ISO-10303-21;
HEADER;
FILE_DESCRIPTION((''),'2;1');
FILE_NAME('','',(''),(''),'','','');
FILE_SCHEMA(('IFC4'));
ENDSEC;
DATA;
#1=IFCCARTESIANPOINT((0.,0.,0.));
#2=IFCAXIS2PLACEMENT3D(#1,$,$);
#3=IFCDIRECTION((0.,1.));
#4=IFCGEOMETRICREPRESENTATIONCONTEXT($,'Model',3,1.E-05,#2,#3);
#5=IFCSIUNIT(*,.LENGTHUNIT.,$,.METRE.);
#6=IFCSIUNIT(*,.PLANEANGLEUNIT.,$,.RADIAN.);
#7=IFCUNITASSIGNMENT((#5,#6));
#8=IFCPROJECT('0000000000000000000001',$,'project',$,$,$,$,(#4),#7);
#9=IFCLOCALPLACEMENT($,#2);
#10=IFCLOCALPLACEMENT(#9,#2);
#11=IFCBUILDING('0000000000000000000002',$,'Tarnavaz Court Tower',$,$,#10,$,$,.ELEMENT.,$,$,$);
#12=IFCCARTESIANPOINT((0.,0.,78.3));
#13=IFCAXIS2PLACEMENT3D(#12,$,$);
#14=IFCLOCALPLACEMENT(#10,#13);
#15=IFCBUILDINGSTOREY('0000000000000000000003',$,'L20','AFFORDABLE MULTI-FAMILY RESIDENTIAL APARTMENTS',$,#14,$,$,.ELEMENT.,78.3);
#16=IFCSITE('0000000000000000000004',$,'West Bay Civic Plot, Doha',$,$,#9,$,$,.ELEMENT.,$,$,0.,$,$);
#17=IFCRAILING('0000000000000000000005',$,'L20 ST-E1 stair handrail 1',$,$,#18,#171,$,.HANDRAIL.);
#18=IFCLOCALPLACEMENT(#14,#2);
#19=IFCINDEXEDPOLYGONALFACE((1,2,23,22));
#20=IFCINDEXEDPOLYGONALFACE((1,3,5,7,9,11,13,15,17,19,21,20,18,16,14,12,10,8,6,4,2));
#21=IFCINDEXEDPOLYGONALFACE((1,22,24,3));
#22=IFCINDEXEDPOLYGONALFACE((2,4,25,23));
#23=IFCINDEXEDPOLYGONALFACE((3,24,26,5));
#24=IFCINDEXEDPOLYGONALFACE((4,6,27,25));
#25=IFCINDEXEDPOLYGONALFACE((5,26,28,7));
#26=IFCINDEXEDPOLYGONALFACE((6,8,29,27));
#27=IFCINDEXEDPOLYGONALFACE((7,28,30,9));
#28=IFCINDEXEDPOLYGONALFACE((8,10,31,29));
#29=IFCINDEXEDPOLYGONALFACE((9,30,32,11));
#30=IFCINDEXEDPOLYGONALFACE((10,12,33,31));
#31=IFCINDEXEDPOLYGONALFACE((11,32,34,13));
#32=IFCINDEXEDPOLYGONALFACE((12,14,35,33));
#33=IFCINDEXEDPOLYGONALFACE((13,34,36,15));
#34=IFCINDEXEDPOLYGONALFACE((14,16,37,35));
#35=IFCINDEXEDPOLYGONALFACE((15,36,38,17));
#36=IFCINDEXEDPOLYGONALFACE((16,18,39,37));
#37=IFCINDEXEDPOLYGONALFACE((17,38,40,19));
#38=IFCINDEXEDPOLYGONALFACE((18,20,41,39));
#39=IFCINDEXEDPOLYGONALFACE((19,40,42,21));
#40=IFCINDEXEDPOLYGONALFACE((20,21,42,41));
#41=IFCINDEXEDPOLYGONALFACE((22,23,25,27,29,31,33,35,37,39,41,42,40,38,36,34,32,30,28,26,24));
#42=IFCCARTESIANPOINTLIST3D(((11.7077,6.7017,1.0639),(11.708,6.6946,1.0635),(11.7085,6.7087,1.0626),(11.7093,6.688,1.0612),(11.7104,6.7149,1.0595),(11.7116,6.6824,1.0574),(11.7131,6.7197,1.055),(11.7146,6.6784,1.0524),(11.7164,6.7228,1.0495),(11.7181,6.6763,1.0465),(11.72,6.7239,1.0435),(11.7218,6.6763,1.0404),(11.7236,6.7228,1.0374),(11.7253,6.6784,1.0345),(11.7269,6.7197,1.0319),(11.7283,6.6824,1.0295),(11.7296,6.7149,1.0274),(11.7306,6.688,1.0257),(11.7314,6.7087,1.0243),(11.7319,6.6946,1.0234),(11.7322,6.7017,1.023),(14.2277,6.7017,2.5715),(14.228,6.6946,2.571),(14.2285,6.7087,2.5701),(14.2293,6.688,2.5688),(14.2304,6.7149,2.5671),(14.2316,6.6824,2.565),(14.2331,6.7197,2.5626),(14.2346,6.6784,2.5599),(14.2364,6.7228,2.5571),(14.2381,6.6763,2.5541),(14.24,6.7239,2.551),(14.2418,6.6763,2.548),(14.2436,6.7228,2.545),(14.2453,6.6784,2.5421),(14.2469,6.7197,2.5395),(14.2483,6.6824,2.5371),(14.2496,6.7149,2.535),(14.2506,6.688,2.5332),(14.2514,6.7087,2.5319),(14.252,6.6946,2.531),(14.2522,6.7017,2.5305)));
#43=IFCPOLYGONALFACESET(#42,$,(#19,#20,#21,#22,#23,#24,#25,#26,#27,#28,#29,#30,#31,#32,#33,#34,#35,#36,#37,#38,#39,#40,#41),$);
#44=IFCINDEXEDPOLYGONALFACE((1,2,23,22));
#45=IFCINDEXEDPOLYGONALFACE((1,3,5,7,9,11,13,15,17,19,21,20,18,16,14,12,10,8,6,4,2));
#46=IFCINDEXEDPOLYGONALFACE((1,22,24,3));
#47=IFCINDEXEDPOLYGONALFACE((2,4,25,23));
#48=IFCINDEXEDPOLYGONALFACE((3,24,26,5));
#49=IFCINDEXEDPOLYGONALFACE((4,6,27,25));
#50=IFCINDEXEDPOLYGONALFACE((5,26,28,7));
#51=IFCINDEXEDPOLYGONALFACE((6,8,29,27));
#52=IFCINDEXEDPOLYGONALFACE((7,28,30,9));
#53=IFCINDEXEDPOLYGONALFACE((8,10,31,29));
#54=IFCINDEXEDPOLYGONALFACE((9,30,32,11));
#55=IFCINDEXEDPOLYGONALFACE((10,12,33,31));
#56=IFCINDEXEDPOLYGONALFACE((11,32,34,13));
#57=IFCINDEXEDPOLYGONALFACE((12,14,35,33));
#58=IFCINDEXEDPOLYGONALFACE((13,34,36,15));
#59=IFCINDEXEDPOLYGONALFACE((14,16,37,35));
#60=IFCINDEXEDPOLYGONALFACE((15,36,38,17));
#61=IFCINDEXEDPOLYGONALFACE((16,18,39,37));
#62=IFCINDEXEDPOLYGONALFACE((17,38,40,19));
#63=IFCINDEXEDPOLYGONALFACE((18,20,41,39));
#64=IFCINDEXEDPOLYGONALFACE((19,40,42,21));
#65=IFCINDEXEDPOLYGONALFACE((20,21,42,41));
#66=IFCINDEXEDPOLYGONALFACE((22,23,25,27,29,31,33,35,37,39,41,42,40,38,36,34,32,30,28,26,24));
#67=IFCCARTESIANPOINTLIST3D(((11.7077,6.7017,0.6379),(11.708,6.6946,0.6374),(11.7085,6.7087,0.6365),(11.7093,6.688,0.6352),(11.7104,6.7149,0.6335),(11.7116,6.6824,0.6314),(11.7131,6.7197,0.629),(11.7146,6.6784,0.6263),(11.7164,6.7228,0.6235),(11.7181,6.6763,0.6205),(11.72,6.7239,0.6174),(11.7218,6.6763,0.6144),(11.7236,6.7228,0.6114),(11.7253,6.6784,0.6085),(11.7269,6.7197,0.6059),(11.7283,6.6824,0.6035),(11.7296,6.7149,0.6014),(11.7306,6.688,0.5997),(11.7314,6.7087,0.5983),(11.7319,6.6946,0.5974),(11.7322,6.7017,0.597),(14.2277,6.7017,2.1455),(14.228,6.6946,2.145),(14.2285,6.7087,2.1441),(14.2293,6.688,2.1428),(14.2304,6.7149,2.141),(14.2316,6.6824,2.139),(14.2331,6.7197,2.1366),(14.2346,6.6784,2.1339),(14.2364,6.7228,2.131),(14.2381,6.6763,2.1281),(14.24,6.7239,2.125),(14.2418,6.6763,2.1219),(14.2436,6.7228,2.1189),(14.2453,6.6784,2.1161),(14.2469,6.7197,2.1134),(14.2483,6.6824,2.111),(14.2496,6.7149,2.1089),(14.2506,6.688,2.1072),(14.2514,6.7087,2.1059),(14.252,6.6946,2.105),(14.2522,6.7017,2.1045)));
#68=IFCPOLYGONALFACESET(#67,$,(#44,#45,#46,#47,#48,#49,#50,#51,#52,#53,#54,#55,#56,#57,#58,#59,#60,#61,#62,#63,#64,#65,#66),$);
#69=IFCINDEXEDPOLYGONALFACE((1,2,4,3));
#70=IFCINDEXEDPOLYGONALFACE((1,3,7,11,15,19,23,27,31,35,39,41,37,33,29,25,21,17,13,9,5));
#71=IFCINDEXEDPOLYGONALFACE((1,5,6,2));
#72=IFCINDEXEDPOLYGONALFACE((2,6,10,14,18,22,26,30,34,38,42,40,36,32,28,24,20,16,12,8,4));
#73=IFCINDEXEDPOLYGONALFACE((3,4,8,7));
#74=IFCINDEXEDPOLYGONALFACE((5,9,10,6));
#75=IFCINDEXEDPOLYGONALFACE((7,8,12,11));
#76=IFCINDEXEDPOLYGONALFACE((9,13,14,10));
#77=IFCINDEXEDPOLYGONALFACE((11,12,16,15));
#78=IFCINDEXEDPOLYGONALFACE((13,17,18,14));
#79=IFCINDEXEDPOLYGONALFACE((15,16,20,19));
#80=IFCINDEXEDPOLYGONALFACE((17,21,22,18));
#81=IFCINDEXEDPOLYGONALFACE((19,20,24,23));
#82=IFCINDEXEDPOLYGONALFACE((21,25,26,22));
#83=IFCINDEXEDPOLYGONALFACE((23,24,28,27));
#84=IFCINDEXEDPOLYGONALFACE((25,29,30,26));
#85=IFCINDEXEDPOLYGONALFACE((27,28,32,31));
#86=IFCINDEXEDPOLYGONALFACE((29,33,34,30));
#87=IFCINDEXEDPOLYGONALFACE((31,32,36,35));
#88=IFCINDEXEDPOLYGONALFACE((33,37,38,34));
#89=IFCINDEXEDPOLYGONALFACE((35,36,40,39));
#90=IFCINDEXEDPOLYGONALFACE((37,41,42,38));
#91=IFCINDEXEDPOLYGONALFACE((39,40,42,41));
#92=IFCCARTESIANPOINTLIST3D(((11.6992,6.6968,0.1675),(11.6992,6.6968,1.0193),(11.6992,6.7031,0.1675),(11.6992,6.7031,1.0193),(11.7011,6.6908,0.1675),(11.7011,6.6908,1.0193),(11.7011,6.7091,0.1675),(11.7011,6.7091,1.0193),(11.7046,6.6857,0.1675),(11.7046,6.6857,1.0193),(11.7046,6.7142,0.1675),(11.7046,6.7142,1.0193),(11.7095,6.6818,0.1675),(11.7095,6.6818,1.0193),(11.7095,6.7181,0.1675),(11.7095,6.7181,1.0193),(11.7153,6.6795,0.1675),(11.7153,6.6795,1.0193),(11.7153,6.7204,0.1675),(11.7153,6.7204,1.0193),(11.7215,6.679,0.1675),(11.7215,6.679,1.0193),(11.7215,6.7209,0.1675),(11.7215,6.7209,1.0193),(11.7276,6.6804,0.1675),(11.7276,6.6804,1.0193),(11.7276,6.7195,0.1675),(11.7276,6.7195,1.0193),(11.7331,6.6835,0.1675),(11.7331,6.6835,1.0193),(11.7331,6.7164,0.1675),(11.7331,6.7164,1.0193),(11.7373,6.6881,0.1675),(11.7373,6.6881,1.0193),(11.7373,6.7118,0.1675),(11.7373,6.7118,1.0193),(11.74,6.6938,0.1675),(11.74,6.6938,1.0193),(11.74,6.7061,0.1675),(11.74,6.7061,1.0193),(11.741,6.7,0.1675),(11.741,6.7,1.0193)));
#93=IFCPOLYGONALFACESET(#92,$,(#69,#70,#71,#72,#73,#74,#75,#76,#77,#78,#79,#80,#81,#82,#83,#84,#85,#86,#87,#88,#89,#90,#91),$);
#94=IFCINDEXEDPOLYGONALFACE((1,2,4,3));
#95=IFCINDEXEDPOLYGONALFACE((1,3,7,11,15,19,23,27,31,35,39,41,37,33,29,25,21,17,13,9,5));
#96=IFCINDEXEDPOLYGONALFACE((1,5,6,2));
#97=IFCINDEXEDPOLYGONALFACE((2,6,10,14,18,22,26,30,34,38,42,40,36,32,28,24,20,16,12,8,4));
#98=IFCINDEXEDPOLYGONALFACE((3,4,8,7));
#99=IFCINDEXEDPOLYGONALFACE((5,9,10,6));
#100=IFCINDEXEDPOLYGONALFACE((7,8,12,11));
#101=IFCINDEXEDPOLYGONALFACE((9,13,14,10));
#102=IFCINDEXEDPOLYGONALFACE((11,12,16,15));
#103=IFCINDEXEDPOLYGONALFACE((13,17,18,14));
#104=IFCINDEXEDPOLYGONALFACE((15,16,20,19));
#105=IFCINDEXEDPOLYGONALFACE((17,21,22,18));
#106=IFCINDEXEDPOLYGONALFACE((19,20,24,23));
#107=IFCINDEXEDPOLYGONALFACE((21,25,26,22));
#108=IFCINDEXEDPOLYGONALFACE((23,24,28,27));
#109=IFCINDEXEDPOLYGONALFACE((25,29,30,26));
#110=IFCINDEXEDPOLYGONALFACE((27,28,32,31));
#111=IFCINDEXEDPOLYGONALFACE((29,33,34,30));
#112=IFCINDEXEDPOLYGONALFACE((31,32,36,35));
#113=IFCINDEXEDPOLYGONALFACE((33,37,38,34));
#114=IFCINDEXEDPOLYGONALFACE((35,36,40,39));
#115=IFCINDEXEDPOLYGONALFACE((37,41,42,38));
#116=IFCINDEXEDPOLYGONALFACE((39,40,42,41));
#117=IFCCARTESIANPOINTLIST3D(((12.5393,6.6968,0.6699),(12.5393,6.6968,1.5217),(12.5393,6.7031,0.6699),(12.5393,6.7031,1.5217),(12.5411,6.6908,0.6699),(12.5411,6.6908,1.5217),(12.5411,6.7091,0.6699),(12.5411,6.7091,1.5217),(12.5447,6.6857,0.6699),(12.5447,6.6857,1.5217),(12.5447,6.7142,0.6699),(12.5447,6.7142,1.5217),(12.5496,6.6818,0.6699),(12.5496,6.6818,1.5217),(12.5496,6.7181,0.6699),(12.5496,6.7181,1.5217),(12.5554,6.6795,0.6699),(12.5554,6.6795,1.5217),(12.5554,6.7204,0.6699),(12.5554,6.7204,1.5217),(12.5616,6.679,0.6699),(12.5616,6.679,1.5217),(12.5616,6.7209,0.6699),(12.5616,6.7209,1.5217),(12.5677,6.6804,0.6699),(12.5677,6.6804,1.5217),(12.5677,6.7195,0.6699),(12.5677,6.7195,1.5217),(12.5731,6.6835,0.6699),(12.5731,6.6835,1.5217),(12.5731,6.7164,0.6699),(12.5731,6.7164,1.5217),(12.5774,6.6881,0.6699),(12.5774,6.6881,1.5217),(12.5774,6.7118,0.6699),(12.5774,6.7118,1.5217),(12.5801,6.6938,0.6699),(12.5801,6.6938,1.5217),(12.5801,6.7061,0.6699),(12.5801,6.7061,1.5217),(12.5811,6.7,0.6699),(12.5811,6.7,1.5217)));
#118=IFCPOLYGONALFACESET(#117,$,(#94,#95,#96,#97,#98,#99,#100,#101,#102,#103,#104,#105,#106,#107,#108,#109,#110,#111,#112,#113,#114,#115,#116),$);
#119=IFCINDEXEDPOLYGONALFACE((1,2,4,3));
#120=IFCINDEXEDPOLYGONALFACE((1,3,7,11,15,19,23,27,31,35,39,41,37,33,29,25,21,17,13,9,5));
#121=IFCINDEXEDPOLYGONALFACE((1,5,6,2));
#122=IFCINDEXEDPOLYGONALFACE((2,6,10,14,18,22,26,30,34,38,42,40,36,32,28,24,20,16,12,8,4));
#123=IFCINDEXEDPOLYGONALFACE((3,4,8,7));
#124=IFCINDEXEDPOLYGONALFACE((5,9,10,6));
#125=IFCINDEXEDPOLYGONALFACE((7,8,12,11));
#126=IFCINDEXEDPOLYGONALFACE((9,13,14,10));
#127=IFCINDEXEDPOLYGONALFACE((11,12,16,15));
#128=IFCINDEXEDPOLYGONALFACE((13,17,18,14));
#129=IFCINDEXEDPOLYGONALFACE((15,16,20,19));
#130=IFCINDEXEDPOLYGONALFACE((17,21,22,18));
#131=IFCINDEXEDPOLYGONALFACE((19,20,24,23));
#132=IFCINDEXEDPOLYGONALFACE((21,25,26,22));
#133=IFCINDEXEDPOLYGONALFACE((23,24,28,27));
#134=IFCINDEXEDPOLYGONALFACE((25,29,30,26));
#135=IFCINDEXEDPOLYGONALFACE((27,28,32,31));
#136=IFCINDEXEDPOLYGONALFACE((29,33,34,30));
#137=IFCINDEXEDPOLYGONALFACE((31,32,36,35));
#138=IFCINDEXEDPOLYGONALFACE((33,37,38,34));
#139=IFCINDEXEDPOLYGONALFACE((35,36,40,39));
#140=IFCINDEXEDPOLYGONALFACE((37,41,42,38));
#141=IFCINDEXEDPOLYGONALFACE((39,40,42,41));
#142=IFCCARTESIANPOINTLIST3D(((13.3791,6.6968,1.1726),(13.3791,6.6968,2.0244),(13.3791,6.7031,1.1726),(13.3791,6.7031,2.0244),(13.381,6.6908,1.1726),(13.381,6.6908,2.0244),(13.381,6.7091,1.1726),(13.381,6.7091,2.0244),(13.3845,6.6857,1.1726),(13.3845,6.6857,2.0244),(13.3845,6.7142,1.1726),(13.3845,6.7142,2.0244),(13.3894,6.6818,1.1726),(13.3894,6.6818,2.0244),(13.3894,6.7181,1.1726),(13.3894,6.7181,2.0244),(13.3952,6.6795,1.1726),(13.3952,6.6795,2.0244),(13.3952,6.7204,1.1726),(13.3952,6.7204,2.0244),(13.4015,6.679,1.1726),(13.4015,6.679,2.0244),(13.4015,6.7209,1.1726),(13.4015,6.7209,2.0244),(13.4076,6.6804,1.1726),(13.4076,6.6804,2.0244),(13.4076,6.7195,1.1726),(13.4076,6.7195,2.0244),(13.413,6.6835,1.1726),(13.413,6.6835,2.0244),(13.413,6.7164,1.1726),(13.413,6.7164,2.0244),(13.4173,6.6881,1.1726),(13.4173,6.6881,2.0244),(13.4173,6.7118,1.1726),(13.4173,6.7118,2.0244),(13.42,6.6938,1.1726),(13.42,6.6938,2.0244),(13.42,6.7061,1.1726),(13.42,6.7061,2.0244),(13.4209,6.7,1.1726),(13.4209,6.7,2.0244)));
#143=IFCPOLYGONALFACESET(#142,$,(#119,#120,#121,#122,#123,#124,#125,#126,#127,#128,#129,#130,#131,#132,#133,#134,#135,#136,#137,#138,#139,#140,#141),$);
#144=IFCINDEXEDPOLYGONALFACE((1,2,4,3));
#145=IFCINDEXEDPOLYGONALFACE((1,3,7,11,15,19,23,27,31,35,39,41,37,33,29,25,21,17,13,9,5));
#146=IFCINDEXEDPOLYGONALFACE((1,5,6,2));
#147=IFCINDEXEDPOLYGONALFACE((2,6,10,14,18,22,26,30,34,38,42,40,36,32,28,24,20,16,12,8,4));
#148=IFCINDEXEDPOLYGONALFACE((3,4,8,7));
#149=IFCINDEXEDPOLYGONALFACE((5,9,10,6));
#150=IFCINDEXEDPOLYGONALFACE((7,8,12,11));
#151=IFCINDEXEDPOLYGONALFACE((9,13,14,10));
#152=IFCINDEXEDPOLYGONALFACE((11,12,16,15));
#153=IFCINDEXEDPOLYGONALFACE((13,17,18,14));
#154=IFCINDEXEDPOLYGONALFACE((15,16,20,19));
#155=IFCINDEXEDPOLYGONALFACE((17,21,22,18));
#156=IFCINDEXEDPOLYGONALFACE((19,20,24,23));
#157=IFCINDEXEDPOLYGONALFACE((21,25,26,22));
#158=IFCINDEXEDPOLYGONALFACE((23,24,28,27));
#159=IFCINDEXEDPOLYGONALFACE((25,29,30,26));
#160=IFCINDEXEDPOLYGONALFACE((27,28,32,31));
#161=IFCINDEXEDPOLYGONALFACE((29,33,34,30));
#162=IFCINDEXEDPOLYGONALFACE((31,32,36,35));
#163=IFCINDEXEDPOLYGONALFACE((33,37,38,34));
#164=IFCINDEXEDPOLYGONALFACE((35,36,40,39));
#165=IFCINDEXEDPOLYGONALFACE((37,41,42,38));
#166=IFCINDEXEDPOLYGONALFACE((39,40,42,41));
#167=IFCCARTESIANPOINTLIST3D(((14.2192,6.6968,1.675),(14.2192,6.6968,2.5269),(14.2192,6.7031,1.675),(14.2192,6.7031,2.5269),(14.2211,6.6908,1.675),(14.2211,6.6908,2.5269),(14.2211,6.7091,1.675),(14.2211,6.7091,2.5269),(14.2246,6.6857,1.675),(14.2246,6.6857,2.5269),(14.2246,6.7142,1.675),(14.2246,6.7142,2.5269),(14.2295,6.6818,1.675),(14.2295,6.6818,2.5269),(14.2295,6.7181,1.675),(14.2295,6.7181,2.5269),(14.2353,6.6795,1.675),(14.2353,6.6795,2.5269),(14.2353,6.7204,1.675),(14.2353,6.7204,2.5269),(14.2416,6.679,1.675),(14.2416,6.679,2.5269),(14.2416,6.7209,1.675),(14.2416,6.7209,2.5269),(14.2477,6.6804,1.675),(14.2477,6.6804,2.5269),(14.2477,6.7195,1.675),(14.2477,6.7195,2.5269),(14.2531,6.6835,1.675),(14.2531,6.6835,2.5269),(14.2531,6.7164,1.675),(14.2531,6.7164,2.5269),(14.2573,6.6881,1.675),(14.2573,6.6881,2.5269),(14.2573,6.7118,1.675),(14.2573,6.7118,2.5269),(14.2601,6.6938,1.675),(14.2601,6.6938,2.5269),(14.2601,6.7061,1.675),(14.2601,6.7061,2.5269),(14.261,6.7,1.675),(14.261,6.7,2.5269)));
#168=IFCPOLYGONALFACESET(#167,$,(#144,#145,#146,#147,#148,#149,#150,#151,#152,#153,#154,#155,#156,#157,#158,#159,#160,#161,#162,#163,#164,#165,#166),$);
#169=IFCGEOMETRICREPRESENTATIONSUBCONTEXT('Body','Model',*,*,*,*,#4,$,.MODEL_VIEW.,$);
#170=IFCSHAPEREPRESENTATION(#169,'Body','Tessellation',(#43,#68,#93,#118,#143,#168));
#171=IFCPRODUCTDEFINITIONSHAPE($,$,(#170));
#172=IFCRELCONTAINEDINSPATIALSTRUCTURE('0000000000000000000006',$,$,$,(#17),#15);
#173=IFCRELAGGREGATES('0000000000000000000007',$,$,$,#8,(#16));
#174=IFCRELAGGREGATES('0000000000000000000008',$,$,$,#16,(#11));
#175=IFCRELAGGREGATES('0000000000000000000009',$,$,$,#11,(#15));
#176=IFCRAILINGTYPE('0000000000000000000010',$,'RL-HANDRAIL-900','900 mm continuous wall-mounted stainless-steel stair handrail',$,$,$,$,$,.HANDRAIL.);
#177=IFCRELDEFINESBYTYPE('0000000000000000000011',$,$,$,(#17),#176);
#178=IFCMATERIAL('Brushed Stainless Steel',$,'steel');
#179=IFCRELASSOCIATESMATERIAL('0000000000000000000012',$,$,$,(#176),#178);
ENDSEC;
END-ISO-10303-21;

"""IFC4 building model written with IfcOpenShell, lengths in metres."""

from ifc_helpers import new_model, si_unit, direction, frame, origin, origin_2d, place, context, subcontext, project, spatial, circle, extrude, material, type_object, element, save


model = new_model("IFC4")

# Units and contexts
model_context = context("Model", 3, precision=1e-05, world=origin(), true_north=direction((0.0, 1.0)))
body_context = subcontext(model_context, "Body", "Model", "MODEL_VIEW")
ifc_project = project(units=[si_unit("LENGTHUNIT", "METRE"), si_unit("PLANEANGLEUNIT", "RADIAN")], contexts=[model_context])

# Site, building, storey
site_placement = place(None, origin())
site = spatial("IfcSite", under=ifc_project, at=site_placement, Name="West Bay Civic Plot, Doha", CompositionType="ELEMENT", RefElevation=0.0)
building_placement = place(site_placement, origin())
building = spatial("IfcBuilding", under=site, at=building_placement, Name="Tarnavaz Court Tower", CompositionType="ELEMENT")
storey_placement = place(building_placement, frame((0.0, 0.0, 78.3)))
storey = spatial("IfcBuildingStorey", under=building, at=storey_placement, Name="L20", Description="AFFORDABLE MULTI-FAMILY RESIDENTIAL APARTMENTS", CompositionType="ELEMENT", Elevation=78.3)

# Railing
ifc_material_1 = material(Name="Brushed Stainless Steel", Category="steel")
railing_type_1 = type_object("IfcRailingType", Name="RL-HANDRAIL-900", Description="900 mm continuous wall-mounted stainless-steel stair handrail", PredefinedType="HANDRAIL", material=ifc_material_1)
railing_1_placement = place(storey_placement, frame((11.72, 6.7, 0.1675)))
element("IfcRailing", 1, at=railing_1_placement, inside=storey, type_object=railing_type_1, Name="L20 ST-E1 stair handrail 1", PredefinedType="HANDRAIL", context=body_context, shape_type="SweptSolid", body=[
    extrude(circle(Radius=0.0239, at=origin_2d()), frame((0.0, 0.0, 0.876), z_axis=(0.85816, 0.0, 0.513383), x_axis=(0.0, 1.0, 0.0)), (0.0, 0.0, 1.0), 2.9365),
    extrude(circle(Radius=0.0239, at=origin_2d()), frame((0.0, 0.0, 0.45), z_axis=(0.85816, 0.0, 0.513383), x_axis=(0.0, 1.0, 0.0)), (0.0, 0.0, 1.0), 2.9365),
    extrude(circle(Radius=0.021, at=origin_2d()), origin(), (0.0, 0.0, 1.0), 0.8518),
    extrude(circle(Radius=0.021, at=origin_2d()), frame((0.8401, 0.0, 0.5024)), (0.0, 0.0, 1.0), 0.8518),
    extrude(circle(Radius=0.021, at=origin_2d()), frame((1.6799, 0.0, 1.0051)), (0.0, 0.0, 1.0), 0.8518),
    extrude(circle(Radius=0.021, at=origin_2d()), frame((2.52, 0.0, 1.5076)), (0.0, 0.0, 1.0), 0.8518),
])

save(model, "model.ifc")
